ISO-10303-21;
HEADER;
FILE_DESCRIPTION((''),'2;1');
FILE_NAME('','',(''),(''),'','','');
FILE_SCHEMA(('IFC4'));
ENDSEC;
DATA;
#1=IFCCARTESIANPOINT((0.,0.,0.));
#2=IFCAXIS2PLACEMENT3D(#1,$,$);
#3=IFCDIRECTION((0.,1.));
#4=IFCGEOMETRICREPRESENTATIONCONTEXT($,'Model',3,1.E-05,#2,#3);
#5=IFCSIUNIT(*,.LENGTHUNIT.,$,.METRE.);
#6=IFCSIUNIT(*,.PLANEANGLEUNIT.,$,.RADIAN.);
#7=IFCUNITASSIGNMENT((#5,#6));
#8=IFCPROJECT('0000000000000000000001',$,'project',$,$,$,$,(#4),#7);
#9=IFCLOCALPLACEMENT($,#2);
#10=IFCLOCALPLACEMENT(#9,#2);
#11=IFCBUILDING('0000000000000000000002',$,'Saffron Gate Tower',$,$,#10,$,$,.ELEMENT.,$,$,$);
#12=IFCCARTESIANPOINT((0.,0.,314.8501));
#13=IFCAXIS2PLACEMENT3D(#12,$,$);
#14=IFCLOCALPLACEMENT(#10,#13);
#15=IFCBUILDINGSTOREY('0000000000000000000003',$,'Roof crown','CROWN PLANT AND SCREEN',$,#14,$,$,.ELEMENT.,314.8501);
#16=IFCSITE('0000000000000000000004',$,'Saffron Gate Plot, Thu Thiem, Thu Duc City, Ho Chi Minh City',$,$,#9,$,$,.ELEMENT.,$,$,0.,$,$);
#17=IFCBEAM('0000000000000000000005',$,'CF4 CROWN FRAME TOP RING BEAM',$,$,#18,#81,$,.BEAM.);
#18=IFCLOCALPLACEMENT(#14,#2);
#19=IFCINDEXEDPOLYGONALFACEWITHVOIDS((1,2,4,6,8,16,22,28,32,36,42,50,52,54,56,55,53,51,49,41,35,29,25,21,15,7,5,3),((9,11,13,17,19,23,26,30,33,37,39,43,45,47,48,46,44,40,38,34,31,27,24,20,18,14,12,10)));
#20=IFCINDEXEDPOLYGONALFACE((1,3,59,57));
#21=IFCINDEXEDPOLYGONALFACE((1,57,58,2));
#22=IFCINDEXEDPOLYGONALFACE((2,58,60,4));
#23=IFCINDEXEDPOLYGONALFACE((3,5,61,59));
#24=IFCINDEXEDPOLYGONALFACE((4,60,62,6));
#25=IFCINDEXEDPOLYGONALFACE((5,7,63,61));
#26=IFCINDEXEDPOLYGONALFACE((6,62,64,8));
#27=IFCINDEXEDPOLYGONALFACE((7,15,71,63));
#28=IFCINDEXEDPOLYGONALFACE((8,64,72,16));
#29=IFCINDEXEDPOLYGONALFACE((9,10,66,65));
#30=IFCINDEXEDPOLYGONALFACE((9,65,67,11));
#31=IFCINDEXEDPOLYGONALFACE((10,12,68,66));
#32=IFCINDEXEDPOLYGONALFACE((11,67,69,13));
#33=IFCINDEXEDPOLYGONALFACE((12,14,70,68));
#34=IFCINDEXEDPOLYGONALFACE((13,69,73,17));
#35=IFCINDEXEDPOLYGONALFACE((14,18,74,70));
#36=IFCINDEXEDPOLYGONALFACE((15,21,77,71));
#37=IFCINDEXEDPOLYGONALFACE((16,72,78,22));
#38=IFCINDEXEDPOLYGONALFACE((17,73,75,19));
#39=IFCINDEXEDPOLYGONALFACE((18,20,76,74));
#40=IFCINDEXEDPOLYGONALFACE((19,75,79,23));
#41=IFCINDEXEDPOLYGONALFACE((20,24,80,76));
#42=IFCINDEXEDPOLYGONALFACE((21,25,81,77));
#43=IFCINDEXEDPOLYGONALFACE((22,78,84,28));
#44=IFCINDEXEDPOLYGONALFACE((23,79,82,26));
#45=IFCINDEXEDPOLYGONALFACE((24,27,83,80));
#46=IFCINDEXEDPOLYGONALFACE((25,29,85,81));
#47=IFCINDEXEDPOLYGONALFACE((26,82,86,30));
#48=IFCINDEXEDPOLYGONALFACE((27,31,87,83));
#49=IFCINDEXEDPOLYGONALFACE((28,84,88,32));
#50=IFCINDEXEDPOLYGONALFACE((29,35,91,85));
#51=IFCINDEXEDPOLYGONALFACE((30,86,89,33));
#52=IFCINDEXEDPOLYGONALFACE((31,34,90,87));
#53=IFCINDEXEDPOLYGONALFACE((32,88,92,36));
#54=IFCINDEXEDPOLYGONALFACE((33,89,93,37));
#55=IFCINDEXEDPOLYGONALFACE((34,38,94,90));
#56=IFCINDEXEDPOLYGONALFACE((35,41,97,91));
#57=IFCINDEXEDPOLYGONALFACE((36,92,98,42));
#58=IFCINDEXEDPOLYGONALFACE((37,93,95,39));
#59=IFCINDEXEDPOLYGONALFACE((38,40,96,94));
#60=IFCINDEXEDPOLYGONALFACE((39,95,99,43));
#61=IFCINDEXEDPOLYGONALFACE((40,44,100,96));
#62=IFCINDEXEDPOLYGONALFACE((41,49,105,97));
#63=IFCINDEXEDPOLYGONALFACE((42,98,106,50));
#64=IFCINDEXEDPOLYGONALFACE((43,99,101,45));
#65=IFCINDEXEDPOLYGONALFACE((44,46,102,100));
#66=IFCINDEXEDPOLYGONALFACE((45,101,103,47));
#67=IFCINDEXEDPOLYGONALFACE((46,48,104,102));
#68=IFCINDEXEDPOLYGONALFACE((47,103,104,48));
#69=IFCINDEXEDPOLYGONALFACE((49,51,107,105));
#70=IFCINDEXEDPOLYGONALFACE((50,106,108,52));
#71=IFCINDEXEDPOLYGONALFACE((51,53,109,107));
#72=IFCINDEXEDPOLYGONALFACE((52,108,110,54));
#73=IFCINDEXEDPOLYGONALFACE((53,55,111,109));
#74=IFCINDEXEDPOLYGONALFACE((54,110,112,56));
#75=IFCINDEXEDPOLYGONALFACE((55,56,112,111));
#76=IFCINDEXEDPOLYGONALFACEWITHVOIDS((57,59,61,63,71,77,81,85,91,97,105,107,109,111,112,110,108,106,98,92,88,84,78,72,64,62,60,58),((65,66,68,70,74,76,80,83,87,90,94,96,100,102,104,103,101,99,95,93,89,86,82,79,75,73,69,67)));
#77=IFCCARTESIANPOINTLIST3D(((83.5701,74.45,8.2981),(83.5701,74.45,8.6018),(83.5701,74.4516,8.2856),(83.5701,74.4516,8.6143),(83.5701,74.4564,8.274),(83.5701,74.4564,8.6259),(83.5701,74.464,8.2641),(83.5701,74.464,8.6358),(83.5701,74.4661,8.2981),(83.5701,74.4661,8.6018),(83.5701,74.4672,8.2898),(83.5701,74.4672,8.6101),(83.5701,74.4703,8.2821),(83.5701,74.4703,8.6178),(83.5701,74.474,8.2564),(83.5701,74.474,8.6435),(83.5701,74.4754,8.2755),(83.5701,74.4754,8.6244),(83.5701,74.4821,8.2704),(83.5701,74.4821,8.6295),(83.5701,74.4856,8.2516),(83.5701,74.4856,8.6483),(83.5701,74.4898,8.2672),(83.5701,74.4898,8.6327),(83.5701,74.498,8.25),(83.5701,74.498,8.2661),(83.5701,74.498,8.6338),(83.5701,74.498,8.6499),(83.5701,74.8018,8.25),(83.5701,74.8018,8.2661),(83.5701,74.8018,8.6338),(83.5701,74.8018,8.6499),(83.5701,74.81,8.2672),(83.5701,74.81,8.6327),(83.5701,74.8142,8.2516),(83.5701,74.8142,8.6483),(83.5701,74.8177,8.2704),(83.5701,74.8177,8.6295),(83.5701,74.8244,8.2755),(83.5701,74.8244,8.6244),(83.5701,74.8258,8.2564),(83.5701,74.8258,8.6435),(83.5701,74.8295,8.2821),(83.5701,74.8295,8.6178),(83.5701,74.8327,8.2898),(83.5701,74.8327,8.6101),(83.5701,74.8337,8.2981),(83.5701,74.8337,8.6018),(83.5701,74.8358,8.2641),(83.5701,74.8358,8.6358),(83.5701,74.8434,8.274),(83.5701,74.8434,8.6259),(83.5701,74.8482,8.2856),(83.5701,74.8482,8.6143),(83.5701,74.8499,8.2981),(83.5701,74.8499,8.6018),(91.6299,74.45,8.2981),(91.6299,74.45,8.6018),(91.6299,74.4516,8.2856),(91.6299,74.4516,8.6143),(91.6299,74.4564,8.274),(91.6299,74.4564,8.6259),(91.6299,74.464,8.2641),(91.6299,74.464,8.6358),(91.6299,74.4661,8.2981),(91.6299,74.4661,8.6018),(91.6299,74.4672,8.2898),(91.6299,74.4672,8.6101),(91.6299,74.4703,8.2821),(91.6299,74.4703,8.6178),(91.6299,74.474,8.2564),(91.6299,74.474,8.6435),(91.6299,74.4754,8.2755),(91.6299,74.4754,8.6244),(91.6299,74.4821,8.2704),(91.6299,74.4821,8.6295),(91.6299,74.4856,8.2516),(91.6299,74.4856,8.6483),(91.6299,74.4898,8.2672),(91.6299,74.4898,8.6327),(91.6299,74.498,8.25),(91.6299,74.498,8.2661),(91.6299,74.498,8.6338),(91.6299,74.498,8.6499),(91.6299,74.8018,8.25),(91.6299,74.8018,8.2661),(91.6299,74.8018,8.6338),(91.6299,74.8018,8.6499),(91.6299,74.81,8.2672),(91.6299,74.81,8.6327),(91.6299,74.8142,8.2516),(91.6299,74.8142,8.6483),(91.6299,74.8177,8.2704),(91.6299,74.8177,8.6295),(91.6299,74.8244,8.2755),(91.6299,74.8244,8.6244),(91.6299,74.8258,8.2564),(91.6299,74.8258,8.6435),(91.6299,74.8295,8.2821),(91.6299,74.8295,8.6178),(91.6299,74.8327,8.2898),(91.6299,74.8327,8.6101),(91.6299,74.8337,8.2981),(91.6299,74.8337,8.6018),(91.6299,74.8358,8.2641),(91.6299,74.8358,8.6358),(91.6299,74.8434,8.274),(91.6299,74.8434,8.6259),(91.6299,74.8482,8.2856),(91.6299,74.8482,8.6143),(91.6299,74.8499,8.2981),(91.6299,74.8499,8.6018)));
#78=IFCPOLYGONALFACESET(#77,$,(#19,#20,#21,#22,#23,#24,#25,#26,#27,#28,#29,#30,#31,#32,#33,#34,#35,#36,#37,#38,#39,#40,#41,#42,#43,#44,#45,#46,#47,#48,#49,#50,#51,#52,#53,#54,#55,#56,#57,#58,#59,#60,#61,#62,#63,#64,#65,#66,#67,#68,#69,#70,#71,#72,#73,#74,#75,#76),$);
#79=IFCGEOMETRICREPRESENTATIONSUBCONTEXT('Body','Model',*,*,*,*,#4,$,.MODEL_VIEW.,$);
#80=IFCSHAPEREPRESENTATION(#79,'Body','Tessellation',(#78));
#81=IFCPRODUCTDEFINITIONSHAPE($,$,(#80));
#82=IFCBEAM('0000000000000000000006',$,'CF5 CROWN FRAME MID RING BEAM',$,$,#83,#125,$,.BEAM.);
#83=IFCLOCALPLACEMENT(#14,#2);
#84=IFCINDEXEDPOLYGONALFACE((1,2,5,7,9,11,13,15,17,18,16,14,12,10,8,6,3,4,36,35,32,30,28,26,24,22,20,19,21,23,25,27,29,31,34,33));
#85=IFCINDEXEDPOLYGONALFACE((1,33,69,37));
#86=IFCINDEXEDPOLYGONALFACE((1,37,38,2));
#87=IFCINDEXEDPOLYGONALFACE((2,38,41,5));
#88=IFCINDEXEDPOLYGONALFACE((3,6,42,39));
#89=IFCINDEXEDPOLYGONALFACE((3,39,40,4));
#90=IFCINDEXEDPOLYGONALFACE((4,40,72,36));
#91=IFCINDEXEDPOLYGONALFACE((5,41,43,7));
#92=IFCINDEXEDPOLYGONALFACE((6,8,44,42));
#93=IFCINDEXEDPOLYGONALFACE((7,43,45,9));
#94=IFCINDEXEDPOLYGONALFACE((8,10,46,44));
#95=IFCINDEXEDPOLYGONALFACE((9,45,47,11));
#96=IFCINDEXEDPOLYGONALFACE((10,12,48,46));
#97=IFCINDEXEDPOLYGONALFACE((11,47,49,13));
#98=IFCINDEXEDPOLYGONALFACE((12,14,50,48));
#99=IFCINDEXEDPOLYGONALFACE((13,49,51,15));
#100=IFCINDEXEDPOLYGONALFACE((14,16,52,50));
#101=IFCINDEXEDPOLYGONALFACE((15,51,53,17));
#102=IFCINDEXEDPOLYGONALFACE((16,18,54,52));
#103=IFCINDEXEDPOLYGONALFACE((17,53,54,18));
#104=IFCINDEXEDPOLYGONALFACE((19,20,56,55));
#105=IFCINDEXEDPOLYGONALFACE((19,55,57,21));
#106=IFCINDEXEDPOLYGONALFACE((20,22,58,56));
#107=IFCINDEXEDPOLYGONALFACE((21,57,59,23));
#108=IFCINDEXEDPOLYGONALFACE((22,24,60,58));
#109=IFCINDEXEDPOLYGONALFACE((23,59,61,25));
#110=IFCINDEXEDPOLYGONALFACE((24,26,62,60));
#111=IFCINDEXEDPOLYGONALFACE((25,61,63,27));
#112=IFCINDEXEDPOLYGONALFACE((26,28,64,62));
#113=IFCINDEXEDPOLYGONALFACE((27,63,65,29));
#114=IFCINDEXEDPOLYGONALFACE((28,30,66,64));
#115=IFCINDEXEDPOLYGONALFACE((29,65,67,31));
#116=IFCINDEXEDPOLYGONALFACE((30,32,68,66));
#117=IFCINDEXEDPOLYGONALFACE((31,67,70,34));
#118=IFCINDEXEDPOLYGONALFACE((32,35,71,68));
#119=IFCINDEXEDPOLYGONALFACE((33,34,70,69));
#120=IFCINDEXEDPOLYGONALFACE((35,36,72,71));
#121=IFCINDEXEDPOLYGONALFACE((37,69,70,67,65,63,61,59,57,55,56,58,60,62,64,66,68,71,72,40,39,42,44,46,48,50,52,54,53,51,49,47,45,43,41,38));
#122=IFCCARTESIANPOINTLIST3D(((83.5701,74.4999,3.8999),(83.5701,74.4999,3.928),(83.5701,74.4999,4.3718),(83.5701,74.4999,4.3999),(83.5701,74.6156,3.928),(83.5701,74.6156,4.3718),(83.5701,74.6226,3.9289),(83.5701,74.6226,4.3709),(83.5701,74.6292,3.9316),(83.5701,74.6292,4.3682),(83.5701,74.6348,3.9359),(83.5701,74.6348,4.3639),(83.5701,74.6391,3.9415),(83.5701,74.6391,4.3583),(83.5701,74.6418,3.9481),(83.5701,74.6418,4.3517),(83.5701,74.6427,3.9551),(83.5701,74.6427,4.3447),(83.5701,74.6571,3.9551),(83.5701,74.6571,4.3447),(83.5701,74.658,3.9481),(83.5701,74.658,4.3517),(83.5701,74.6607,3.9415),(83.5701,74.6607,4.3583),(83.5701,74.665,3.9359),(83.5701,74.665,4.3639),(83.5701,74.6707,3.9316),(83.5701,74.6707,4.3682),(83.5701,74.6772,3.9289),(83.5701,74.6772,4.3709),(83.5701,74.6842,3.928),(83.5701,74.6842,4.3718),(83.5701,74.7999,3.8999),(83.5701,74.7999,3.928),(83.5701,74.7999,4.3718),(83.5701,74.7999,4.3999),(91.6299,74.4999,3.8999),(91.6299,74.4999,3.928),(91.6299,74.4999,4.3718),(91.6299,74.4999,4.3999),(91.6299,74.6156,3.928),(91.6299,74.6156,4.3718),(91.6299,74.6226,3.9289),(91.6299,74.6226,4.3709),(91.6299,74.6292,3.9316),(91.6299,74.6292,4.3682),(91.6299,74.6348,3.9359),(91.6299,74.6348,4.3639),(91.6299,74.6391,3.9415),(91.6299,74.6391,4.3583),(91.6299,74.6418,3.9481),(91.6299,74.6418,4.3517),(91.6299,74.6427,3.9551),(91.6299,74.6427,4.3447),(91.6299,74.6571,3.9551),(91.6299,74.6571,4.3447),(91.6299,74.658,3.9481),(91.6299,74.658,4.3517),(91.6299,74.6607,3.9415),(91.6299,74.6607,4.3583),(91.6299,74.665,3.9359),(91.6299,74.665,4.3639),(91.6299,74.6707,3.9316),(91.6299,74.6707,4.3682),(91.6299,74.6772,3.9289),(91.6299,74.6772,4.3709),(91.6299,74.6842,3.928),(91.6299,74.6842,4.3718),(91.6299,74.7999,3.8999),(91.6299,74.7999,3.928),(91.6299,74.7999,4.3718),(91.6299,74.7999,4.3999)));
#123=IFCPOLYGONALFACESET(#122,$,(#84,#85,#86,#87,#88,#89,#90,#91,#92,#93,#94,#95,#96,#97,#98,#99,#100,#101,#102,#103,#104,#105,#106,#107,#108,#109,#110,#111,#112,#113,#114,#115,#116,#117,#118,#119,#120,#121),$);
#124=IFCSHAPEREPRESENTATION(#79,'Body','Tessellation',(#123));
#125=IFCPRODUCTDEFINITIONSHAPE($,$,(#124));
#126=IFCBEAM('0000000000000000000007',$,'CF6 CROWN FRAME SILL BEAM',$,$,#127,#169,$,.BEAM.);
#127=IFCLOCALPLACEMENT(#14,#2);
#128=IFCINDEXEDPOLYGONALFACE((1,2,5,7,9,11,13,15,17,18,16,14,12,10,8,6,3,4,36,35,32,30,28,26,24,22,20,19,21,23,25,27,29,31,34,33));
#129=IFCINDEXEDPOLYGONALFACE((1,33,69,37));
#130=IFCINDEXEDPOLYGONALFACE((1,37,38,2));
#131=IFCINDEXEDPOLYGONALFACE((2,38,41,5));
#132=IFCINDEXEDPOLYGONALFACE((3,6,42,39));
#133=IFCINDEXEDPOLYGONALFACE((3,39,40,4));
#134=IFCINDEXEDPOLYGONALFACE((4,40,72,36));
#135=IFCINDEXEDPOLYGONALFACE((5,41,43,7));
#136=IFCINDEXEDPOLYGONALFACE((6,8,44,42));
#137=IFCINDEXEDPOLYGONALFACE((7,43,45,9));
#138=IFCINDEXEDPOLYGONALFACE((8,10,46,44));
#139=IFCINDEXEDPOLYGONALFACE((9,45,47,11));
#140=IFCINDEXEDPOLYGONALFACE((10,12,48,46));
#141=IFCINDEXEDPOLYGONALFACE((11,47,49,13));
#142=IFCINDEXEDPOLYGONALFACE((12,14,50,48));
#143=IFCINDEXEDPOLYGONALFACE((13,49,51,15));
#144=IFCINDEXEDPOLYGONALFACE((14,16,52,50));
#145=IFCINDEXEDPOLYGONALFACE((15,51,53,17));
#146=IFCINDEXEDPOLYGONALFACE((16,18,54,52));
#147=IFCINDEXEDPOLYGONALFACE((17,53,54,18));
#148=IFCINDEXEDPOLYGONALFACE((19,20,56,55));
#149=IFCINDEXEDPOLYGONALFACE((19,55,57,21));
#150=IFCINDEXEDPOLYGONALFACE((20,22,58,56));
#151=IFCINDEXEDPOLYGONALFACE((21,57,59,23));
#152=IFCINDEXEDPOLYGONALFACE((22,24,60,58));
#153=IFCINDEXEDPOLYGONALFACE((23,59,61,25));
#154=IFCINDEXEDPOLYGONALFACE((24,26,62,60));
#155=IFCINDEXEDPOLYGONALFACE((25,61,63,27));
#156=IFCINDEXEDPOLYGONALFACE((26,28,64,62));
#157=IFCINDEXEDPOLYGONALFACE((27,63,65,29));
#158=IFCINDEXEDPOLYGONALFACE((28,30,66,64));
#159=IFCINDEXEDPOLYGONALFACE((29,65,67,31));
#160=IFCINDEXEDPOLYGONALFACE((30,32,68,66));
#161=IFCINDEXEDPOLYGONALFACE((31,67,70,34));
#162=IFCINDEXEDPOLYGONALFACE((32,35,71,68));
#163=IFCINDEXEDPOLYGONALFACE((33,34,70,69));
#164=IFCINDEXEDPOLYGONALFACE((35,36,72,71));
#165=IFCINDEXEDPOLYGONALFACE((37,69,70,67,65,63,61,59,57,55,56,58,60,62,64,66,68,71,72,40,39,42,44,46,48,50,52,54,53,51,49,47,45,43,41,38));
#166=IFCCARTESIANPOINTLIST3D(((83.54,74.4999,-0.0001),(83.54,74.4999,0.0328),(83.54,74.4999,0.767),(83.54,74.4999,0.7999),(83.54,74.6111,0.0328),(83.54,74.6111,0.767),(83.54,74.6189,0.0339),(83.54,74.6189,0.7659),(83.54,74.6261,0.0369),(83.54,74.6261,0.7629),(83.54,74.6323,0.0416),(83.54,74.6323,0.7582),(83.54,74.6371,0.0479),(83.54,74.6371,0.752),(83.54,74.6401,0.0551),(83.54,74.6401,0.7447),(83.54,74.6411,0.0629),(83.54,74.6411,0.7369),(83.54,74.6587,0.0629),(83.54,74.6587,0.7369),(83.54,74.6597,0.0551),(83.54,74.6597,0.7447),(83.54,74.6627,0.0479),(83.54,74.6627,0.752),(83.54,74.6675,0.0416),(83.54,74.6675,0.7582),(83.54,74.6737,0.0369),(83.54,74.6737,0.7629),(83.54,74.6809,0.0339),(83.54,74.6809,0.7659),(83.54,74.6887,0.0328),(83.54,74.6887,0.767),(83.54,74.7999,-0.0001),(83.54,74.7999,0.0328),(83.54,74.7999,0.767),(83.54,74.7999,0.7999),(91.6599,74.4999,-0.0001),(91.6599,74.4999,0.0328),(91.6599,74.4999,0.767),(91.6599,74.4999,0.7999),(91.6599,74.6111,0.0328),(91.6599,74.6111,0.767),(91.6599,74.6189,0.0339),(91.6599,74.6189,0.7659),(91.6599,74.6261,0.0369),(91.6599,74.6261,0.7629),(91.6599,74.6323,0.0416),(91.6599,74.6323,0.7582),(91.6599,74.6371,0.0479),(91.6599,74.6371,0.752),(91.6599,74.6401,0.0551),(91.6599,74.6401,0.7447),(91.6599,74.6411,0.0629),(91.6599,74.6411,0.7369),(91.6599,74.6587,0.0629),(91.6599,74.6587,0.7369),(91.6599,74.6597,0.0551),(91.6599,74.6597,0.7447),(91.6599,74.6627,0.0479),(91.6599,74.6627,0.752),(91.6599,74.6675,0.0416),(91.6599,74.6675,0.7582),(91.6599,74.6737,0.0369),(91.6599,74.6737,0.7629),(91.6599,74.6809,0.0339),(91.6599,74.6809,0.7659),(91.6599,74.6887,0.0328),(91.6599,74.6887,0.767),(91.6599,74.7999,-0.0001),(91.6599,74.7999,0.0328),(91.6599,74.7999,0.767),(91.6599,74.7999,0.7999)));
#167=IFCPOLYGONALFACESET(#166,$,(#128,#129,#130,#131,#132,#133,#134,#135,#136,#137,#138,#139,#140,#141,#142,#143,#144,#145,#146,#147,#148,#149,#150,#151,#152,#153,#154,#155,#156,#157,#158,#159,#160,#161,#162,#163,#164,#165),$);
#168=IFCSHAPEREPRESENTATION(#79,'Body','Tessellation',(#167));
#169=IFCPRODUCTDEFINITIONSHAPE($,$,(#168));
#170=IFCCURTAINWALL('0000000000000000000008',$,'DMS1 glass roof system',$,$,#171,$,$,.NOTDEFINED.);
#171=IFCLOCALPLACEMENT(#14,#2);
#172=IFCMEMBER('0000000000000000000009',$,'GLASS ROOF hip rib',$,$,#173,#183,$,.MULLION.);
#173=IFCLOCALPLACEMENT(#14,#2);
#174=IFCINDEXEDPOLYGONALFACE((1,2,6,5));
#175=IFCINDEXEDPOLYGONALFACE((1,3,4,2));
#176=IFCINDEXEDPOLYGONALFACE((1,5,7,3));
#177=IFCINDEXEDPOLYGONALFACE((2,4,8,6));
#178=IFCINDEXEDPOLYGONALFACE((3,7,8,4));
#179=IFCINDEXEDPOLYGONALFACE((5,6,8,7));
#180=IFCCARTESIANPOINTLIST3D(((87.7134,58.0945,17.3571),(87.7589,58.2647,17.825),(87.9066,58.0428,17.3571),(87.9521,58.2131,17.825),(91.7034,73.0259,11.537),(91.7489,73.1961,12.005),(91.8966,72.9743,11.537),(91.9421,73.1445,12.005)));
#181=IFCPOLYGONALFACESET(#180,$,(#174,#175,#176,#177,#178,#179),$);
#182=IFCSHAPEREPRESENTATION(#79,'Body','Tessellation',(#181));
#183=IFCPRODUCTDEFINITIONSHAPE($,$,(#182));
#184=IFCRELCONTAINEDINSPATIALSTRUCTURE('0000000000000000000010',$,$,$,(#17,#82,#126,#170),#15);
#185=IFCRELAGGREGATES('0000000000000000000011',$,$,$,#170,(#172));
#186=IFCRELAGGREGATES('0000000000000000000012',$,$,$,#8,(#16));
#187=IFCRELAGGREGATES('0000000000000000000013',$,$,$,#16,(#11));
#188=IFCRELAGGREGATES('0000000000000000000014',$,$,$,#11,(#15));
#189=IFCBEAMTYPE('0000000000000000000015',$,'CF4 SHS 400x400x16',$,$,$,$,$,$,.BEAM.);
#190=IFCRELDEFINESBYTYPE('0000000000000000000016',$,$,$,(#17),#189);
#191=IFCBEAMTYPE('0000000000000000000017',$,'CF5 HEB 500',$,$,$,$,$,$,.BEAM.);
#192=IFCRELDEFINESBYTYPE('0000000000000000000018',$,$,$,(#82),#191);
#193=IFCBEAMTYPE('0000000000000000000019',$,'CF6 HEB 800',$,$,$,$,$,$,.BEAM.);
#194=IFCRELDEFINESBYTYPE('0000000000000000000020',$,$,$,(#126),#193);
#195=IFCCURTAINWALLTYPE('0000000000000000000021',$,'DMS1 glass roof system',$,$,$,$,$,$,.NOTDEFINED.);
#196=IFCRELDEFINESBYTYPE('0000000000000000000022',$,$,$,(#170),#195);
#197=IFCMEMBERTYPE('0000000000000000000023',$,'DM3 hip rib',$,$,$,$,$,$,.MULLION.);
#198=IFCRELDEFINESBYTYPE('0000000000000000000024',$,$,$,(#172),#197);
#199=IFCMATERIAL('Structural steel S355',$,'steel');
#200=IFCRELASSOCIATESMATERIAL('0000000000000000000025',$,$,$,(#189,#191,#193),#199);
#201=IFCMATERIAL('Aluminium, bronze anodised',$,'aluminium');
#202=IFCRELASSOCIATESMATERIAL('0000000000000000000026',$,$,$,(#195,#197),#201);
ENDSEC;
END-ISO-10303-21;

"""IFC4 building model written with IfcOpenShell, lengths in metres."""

from ifc_helpers import new_model, si_unit, direction, frame, origin, origin_2d, place, context, subcontext, project, spatial, rectangle, hollow_rectangle, i_section, extrude, material, material_profile, profile_set, type_object, element, aggregate, save


model = new_model("IFC4")

# Units and contexts
model_context = context("Model", 3, precision=1e-05, world=origin(), true_north=direction((0.0, 1.0)))
body_context = subcontext(model_context, "Body", "Model", "MODEL_VIEW")
ifc_project = project(units=[si_unit("LENGTHUNIT", "METRE"), si_unit("PLANEANGLEUNIT", "RADIAN")], contexts=[model_context])

# Site, building, storey
site_placement = place(None, origin())
site = spatial("IfcSite", under=ifc_project, at=site_placement, Name="Saffron Gate Plot, Thu Thiem, Thu Duc City, Ho Chi Minh City", CompositionType="ELEMENT", RefElevation=0.0)
building_placement = place(site_placement, origin())
building = spatial("IfcBuilding", under=site, at=building_placement, Name="Saffron Gate Tower", CompositionType="ELEMENT")
storey_placement = place(building_placement, frame((0.0, 0.0, 314.8501)))
storey = spatial("IfcBuildingStorey", under=building, at=storey_placement, Name="Roof crown", Description="CROWN PLANT AND SCREEN", CompositionType="ELEMENT", Elevation=314.8501)

# Shared definitions
ifc_material_1 = material(Name="Structural steel S355", Category="steel")

# Beams
ifc_material_profile_1 = material_profile(ifc_material_1, hollow_rectangle(XDim=0.3999, YDim=0.3999, WallThickness=0.0161, InnerFilletRadius=0.032, OuterFilletRadius=0.0481, at=origin_2d()))
ifc_profile_set_1 = profile_set([ifc_material_profile_1], Name="Structural steel S355")
beam_type_1 = type_object("IfcBeamType", Name="CF4 SHS 400x400x16", PredefinedType="BEAM", material=ifc_profile_set_1)
beam_1_placement = place(storey_placement, frame((91.6299, 74.6499, 8.45), z_axis=(-1.0, 0.0, 0.0), x_axis=(0.0, -1.0, 0.0)))
element("IfcBeam", 1, at=beam_1_placement, inside=storey, type_object=beam_type_1, Name="CF4 CROWN FRAME TOP RING BEAM", PredefinedType="BEAM", context=body_context, shape_type="SweptSolid", body=[
    extrude(hollow_rectangle(XDim=0.3999, YDim=0.3999, WallThickness=0.0161, InnerFilletRadius=0.032, OuterFilletRadius=0.0481, at=origin_2d()), origin(), (0.0, 0.0, 1.0), 8.0598),
])
ifc_material_profile_2 = material_profile(ifc_material_1, i_section(OverallWidth=0.3, OverallDepth=0.5, WebThickness=0.0144, FlangeThickness=0.0281, FilletRadius=0.0271, at=origin_2d()))
ifc_profile_set_2 = profile_set([ifc_material_profile_2], Name="Structural steel S355")
beam_type_2 = type_object("IfcBeamType", Name="CF5 HEB 500", PredefinedType="BEAM", material=ifc_profile_set_2)
beam_2_placement = place(storey_placement, frame((91.6299, 74.6499, 4.1499), z_axis=(-1.0, 0.0, 0.0), x_axis=(0.0, -1.0, 0.0)))
element("IfcBeam", 2, at=beam_2_placement, inside=storey, type_object=beam_type_2, Name="CF5 CROWN FRAME MID RING BEAM", PredefinedType="BEAM", context=body_context, shape_type="SweptSolid", body=[
    extrude(i_section(OverallWidth=0.3, OverallDepth=0.5, WebThickness=0.0144, FlangeThickness=0.0281, FilletRadius=0.0271, at=origin_2d()), origin(), (0.0, 0.0, 1.0), 8.0598),
])
ifc_material_profile_3 = material_profile(ifc_material_1, i_section(OverallWidth=0.3, OverallDepth=0.8, WebThickness=0.0176, FlangeThickness=0.033, FilletRadius=0.03, at=origin_2d()))
ifc_profile_set_3 = profile_set([ifc_material_profile_3], Name="Structural steel S355")
beam_type_3 = type_object("IfcBeamType", Name="CF6 HEB 800", PredefinedType="BEAM", material=ifc_profile_set_3)
beam_3_placement = place(storey_placement, frame((91.6599, 74.6499, 0.3999), z_axis=(-1.0, 0.0, 0.0), x_axis=(0.0, -1.0, 0.0)))
element("IfcBeam", 3, at=beam_3_placement, inside=storey, type_object=beam_type_3, Name="CF6 CROWN FRAME SILL BEAM", PredefinedType="BEAM", context=body_context, shape_type="SweptSolid", body=[
    extrude(i_section(OverallWidth=0.3, OverallDepth=0.8, WebThickness=0.0176, FlangeThickness=0.033, FilletRadius=0.03, at=origin_2d()), origin(), (0.0, 0.0, 1.0), 8.1199),
])

# Curtain wall, member
ifc_material_2 = material(Name="Aluminium, bronze anodised", Category="aluminium")
curtain_wall_type_1 = type_object("IfcCurtainWallType", Name="DMS1 glass roof system", PredefinedType="NOTDEFINED", material=ifc_material_2)
curtain_wall_1_placement = place(storey_placement, origin())
curtain_wall_1 = element("IfcCurtainWall", 4, at=curtain_wall_1_placement, inside=storey, type_object=curtain_wall_type_1, Name="DMS1 glass roof system", PredefinedType="NOTDEFINED")
ifc_material_profile_4 = material_profile(ifc_material_2, rectangle(XDim=0.2, YDim=0.5, at=origin_2d()))
ifc_profile_set_4 = profile_set([ifc_material_profile_4], Name="Aluminium, bronze anodised")
member_type_1 = type_object("IfcMemberType", Name="DM3 hip rib", PredefinedType="MULLION", material=ifc_profile_set_4)
member_1_placement = place(storey_placement, frame((91.8228, 73.0852, 11.771), z_axis=(-0.2416, -0.90412, 0.352415), x_axis=(0.966101, -0.258163, 0.0)))
member_1 = element("IfcMember", 5, at=member_1_placement, type_object=member_type_1, Name="GLASS ROOF hip rib", PredefinedType="MULLION", context=body_context, shape_type="SweptSolid", body=[
    extrude(rectangle(XDim=0.2, YDim=0.5, at=origin_2d()), origin(), (0.0, 0.0, 1.0), 16.5149),
])
aggregate(curtain_wall_1, [member_1])

save(model, "model.ifc")
